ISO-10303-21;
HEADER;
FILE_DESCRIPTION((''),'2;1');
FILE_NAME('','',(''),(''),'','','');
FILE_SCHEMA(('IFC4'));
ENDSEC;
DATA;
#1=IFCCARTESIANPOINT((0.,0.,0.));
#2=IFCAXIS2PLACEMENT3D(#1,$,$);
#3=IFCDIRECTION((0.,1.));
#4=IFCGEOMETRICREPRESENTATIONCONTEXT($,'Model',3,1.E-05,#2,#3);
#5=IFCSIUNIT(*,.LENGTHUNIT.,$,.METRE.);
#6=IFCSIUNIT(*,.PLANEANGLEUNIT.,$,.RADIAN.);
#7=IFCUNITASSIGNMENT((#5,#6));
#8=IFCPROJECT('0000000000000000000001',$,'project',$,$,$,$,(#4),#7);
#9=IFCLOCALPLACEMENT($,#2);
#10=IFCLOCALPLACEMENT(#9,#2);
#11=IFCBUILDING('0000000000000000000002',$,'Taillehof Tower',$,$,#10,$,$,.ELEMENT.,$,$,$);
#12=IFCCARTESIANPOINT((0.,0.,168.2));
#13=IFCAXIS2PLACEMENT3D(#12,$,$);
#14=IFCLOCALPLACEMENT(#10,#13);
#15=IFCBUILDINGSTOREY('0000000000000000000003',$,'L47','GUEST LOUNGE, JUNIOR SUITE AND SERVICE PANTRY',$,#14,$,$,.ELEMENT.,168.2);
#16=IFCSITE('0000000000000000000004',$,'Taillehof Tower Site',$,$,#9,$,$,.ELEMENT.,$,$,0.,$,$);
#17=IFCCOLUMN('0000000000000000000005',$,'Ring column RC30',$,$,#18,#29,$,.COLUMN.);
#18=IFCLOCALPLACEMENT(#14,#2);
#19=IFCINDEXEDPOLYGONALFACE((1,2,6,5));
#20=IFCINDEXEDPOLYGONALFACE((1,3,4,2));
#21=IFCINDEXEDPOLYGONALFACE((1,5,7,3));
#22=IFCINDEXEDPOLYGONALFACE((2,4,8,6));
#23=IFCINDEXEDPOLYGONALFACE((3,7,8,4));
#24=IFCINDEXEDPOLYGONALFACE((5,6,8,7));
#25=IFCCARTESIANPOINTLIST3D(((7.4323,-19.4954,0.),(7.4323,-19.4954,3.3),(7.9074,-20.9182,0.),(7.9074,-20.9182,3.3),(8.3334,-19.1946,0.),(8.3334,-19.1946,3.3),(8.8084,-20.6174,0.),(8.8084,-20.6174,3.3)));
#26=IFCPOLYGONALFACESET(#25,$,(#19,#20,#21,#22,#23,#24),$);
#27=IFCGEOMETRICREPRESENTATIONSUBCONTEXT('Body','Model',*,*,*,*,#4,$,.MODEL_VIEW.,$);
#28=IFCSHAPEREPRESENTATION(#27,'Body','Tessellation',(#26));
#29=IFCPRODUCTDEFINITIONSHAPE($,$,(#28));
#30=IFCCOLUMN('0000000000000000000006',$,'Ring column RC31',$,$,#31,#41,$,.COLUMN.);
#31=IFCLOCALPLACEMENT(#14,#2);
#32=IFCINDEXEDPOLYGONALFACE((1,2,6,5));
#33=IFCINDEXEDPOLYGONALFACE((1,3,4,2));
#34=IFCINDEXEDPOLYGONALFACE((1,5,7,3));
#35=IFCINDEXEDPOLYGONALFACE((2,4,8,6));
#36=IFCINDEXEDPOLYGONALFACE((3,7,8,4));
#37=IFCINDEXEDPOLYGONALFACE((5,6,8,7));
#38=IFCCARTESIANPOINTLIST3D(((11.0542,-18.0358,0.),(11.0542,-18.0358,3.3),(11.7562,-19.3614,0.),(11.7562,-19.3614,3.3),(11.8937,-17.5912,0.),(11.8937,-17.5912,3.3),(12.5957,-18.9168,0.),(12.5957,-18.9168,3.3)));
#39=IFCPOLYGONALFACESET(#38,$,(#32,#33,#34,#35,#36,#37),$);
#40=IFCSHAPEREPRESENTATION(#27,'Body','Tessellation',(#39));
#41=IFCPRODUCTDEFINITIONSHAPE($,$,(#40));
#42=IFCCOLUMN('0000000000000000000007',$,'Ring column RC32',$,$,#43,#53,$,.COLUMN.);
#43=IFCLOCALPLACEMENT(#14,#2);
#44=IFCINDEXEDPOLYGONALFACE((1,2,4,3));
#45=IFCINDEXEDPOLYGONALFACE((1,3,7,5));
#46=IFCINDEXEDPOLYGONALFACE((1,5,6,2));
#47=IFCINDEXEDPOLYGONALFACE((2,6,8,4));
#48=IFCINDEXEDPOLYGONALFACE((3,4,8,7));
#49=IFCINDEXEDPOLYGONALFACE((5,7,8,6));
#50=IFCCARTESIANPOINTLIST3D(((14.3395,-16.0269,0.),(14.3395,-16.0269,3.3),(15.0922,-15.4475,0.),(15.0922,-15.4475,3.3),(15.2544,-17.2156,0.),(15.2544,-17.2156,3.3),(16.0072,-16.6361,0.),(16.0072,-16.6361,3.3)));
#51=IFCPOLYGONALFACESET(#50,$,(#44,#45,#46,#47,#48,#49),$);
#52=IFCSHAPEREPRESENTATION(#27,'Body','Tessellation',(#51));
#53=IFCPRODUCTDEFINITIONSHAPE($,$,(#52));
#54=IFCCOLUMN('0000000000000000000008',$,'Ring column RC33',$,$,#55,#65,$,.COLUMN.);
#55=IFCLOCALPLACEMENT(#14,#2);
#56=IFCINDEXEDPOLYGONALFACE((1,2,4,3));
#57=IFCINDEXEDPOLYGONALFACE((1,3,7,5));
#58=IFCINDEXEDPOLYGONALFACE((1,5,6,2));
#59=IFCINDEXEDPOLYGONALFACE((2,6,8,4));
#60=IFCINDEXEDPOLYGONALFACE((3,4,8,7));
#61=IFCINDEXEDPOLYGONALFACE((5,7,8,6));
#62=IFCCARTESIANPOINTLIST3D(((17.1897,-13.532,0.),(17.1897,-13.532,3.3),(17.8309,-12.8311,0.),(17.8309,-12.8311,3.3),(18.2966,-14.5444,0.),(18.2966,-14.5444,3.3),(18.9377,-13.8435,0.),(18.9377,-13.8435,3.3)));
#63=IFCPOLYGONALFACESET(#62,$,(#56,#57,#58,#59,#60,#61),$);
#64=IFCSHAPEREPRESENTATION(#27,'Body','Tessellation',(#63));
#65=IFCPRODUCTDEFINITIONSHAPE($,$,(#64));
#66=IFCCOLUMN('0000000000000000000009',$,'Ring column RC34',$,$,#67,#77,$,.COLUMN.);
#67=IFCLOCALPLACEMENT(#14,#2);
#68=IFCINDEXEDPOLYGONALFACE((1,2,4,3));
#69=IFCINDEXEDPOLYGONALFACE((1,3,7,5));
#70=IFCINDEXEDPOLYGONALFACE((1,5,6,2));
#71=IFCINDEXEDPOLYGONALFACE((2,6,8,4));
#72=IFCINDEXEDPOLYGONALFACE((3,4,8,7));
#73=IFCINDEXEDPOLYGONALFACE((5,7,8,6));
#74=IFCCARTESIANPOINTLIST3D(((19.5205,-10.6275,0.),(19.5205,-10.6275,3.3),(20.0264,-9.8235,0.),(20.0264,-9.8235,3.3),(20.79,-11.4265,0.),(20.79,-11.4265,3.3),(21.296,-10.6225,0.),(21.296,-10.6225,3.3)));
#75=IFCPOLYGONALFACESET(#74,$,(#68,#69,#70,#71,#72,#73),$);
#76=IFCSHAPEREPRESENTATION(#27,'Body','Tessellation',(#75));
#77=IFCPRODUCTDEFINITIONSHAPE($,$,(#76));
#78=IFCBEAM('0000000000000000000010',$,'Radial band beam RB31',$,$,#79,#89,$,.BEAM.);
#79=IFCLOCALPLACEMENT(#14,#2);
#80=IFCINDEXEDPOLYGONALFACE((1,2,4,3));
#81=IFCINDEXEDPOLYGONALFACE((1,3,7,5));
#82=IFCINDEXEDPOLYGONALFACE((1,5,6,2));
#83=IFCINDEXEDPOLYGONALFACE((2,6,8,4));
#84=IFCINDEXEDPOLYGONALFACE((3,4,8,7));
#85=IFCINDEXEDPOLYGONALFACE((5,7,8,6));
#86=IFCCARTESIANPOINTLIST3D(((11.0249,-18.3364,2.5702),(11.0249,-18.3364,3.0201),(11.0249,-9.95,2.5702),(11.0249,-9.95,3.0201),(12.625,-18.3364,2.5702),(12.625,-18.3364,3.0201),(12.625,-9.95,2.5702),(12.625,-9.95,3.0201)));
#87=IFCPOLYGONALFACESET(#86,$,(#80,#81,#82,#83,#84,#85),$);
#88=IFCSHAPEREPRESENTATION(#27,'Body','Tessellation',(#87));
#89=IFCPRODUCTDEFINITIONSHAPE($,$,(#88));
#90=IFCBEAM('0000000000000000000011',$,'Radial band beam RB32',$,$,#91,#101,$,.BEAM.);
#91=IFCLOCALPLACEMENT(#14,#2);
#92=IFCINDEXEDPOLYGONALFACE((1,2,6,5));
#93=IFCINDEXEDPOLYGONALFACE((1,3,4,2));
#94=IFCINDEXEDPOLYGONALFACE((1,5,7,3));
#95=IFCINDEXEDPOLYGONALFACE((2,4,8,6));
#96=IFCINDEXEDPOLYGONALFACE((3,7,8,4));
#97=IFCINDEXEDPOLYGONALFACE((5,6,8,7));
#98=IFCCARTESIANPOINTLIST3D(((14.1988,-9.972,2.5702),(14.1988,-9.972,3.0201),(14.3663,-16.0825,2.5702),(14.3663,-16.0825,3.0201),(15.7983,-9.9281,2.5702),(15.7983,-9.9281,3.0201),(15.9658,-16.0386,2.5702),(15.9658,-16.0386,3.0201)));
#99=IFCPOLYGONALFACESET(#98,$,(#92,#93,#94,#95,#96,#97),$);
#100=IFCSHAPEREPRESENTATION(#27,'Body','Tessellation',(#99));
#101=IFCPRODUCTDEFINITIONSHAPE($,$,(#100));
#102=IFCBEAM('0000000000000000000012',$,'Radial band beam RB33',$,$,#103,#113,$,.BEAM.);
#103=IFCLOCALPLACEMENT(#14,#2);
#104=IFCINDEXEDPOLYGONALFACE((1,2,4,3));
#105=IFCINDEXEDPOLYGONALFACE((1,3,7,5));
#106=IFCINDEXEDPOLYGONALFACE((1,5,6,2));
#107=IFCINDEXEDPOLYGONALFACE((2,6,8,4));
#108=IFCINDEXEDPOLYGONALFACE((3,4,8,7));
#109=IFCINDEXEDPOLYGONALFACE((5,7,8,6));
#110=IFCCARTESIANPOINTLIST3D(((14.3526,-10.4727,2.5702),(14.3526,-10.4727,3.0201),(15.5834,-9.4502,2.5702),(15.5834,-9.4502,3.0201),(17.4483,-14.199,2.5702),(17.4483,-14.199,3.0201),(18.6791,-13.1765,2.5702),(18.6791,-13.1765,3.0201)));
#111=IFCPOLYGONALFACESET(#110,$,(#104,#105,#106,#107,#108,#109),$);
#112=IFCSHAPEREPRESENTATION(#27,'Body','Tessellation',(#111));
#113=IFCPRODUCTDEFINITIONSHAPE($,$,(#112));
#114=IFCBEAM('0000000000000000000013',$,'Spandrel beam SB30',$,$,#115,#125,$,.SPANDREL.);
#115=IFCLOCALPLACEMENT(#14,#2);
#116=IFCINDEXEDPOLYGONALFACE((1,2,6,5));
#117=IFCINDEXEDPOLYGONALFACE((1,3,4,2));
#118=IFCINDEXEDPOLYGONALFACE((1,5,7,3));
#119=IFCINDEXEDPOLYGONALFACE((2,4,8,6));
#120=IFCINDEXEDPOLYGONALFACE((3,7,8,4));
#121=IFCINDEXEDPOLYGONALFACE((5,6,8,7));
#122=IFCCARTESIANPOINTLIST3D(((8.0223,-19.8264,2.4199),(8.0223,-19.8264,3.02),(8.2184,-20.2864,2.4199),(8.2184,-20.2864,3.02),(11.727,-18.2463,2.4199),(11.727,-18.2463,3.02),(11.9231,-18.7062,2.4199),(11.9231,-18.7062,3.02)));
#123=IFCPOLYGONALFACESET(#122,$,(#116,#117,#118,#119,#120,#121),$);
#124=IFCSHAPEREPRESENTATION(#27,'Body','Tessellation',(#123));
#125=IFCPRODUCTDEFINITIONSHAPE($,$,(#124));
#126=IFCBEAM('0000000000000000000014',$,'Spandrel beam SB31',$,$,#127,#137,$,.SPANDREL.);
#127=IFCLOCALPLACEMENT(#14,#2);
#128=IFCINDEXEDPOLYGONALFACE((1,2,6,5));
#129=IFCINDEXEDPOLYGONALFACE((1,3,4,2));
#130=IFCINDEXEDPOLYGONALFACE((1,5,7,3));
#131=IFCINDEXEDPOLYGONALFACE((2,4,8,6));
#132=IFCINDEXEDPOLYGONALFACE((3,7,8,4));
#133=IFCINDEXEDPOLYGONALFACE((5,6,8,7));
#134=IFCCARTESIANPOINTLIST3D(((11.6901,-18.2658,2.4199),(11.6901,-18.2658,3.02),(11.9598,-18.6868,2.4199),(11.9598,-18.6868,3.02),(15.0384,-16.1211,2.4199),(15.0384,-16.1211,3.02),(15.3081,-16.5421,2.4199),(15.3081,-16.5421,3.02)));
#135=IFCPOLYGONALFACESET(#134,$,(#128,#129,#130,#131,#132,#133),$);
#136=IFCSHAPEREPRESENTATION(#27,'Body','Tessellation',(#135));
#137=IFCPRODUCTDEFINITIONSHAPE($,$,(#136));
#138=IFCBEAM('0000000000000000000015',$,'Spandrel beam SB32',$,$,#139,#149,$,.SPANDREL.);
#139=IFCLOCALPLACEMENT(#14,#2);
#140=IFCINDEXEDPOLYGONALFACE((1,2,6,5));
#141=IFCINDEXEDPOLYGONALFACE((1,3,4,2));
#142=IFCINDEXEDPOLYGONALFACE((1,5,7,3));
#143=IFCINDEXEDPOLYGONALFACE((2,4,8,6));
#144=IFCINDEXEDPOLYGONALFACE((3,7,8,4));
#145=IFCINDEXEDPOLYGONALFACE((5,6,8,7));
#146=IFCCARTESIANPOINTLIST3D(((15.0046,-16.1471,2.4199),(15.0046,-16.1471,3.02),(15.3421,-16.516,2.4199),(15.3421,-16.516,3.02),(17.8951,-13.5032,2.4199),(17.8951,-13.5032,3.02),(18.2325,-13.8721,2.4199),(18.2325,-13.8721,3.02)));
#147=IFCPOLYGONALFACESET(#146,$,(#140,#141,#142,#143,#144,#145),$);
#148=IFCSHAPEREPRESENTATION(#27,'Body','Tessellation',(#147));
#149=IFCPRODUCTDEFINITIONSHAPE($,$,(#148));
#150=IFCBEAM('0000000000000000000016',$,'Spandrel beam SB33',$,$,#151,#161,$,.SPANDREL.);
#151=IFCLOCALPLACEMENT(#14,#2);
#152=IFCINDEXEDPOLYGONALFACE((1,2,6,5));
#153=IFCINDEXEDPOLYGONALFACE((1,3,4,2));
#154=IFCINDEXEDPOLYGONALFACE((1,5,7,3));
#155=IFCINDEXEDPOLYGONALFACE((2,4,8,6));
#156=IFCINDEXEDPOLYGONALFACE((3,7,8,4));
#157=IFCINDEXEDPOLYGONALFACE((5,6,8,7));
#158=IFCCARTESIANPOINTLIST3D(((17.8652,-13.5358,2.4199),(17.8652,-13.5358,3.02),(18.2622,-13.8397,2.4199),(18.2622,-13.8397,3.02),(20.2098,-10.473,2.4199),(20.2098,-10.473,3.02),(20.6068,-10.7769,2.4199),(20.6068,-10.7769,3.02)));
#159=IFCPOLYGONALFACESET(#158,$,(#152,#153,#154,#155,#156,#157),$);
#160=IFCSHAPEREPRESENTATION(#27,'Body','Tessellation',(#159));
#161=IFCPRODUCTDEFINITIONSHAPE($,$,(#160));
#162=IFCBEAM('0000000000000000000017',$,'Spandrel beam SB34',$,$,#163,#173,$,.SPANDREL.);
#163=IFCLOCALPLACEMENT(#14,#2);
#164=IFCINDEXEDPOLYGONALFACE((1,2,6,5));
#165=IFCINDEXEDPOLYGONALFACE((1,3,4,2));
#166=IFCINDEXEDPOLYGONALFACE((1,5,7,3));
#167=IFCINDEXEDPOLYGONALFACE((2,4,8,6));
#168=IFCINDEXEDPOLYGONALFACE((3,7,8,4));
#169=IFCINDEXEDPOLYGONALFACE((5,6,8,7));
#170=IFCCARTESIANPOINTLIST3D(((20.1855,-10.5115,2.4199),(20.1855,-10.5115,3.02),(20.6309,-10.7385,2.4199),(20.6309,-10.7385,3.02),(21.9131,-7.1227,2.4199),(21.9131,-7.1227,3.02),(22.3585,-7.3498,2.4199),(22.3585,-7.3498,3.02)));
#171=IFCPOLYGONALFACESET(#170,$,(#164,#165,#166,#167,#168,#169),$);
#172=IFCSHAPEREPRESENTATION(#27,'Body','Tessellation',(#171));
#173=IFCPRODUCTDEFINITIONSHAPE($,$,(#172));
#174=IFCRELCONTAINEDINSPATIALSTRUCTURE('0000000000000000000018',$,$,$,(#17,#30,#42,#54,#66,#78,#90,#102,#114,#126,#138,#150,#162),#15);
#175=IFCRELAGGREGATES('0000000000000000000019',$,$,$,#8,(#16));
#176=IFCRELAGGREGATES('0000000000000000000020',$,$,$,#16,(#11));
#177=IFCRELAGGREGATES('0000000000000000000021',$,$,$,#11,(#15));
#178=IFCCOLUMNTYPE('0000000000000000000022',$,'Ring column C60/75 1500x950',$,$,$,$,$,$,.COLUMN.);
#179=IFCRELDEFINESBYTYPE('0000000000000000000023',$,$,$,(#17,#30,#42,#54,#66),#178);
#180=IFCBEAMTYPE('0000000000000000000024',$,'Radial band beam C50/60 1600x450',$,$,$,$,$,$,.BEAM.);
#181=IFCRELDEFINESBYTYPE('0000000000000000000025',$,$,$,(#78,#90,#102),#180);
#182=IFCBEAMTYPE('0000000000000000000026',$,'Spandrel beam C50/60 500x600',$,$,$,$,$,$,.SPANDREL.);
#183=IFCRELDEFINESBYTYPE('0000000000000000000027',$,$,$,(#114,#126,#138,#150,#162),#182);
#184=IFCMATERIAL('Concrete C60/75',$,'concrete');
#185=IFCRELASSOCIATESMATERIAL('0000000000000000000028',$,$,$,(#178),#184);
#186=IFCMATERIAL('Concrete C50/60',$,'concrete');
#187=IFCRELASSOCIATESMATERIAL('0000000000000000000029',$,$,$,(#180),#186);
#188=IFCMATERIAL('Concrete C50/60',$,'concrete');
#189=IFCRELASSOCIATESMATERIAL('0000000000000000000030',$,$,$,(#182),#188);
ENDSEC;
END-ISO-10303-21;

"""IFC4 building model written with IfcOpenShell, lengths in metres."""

from ifc_helpers import new_model, si_unit, direction, frame, origin, origin_2d, place, context, subcontext, project, spatial, rectangle, extrude, material, material_profile, profile_set, type_object, element, save


model = new_model("IFC4")

# Units and contexts
model_context = context("Model", 3, precision=1e-05, world=origin(), true_north=direction((0.0, 1.0)))
body_context = subcontext(model_context, "Body", "Model", "MODEL_VIEW")
ifc_project = project(units=[si_unit("LENGTHUNIT", "METRE"), si_unit("PLANEANGLEUNIT", "RADIAN")], contexts=[model_context])

# Site, building, storey
site_placement = place(None, origin())
site = spatial("IfcSite", under=ifc_project, at=site_placement, Name="Taillehof Tower Site", CompositionType="ELEMENT", RefElevation=0.0)
building_placement = place(site_placement, origin())
building = spatial("IfcBuilding", under=site, at=building_placement, Name="Taillehof Tower", CompositionType="ELEMENT")
storey_placement = place(building_placement, frame((0.0, 0.0, 168.2)))
storey = spatial("IfcBuildingStorey", under=building, at=storey_placement, Name="L47", Description="GUEST LOUNGE, JUNIOR SUITE AND SERVICE PANTRY", CompositionType="ELEMENT", Elevation=168.2)

# Columns
ifc_material_1 = material(Name="Concrete C60/75", Category="concrete")
ifc_material_profile_1 = material_profile(ifc_material_1, rectangle(XDim=1.5, YDim=0.95, at=origin_2d()), Name="RC 1500x950")
ifc_profile_set_1 = profile_set([ifc_material_profile_1], Name="Concrete C60/75")
column_type = type_object("IfcColumnType", Name="Ring column C60/75 1500x950", PredefinedType="COLUMN", material=ifc_profile_set_1)
for number, where, z_axis, x_axis, name in (
    (1, (8.1204, -20.0564, 0.0), (0.0, 0.0, 1.0), (0.316703, -0.948525, 0.0), "Ring column RC30"),
    (2, (11.825, -18.4763, 0.0), (0.0, 0.0, 1.0), (0.468042, -0.883706, 0.0), "Ring column RC31"),
    (3, (15.1733, -16.3315, 0.0), (0.0, 0.0, 1.0), (0.609971, -0.792424, 0.0), "Ring column RC32"),
    (4, (18.0637, -13.6877, 0.0), (0.0, 0.0, 1.0), (0.737879, -0.674933, 0.0), "Ring column RC33"),
    (5, (20.4082, -10.625, 0.0), (0.0, 0.0, 1.0), (0.846334, -0.532652, 0.0), "Ring column RC34"),
):
    element("IfcColumn", number, at=place(storey_placement, frame(where, z_axis=z_axis, x_axis=x_axis)), inside=storey, type_object=column_type, Name=name, PredefinedType="COLUMN", context=body_context, shape_type="SweptSolid", body=[
        extrude(rectangle(XDim=1.5, YDim=0.95, at=origin_2d()), origin(), (0.0, 0.0, 1.0), 3.3),
    ])

# Beams
ifc_material_2 = material(Name="Concrete C50/60", Category="concrete")
ifc_material_profile_2 = material_profile(ifc_material_2, rectangle(XDim=1.6001, YDim=0.45, at=origin_2d()), Name="RC 1600x450")
ifc_profile_set_2 = profile_set([ifc_material_profile_2], Name="Concrete C50/60")
beam_type_1 = type_object("IfcBeamType", Name="Radial band beam C50/60 1600x450", PredefinedType="BEAM", material=ifc_profile_set_2)
beam_1_placement = place(storey_placement, frame((11.825, -18.3364, 2.7952), z_axis=(0.0, 1.0, 0.0), x_axis=(-1.0, 0.0, 0.0)))
element("IfcBeam", 6, at=beam_1_placement, inside=storey, type_object=beam_type_1, Name="Radial band beam RB31", PredefinedType="BEAM", context=body_context, shape_type="SweptSolid", body=[
    extrude(rectangle(XDim=1.6001, YDim=0.45, at=origin_2d()), origin(), (0.0, 0.0, 1.0), 8.3865),
])
beam_2_placement = place(storey_placement, frame((15.166, -16.0605, 2.7952), z_axis=(-0.027398, 0.999625, 0.0), x_axis=(-0.999625, -0.027398, 0.0)))
element("IfcBeam", 7, at=beam_2_placement, inside=storey, type_object=beam_type_1, Name="Radial band beam RB32", PredefinedType="BEAM", context=body_context, shape_type="SweptSolid", body=[
    extrude(rectangle(XDim=1.6001, YDim=0.45, at=origin_2d()), origin(), (0.0, 0.0, 1.0), 6.1128),
])
beam_3_placement = place(storey_placement, frame((18.0637, -13.6877, 2.7952), z_axis=(-0.639019, 0.769191, 0.0), x_axis=(-0.769191, -0.639019, 0.0)))
element("IfcBeam", 8, at=beam_3_placement, inside=storey, type_object=beam_type_1, Name="Radial band beam RB33", PredefinedType="BEAM", context=body_context, shape_type="SweptSolid", body=[
    extrude(rectangle(XDim=1.6001, YDim=0.45, at=origin_2d()), origin(), (0.0, 0.0, 1.0), 4.8445),
])
ifc_material_3 = material(Name="Concrete C50/60", Category="concrete")
ifc_material_profile_3 = material_profile(ifc_material_3, rectangle(XDim=0.5, YDim=0.6001, at=origin_2d()), Name="RC 500x600")
ifc_profile_set_3 = profile_set([ifc_material_profile_3], Name="Concrete C50/60")
beam_type_2 = type_object("IfcBeamType", Name="Spandrel beam C50/60 500x600", PredefinedType="SPANDREL", material=ifc_profile_set_3)
beam_4_placement = place(storey_placement, frame((8.1204, -20.0564, 2.72), z_axis=(0.919827, 0.392324, 0.0), x_axis=(-0.392324, 0.919827, 0.0)))
element("IfcBeam", 9, at=beam_4_placement, inside=storey, type_object=beam_type_2, Name="Spandrel beam SB30", PredefinedType="SPANDREL", context=body_context, shape_type="SweptSolid", body=[
    extrude(rectangle(XDim=0.5, YDim=0.6001, at=origin_2d()), origin(), (0.0, 0.0, 1.0), 4.0276),
])
beam_5_placement = place(storey_placement, frame((11.825, -18.4763, 2.72), z_axis=(0.842065, 0.539376, 0.0), x_axis=(-0.539376, 0.842065, 0.0)))
element("IfcBeam", 10, at=beam_5_placement, inside=storey, type_object=beam_type_2, Name="Spandrel beam SB31", PredefinedType="SPANDREL", context=body_context, shape_type="SweptSolid", body=[
    extrude(rectangle(XDim=0.5, YDim=0.6001, at=origin_2d()), origin(), (0.0, 0.0, 1.0), 3.9763),
])
beam_6_placement = place(storey_placement, frame((15.1733, -16.3315, 2.72), z_axis=(0.737881, 0.674931, 0.0), x_axis=(-0.674931, 0.737881, 0.0)))
element("IfcBeam", 11, at=beam_6_placement, inside=storey, type_object=beam_type_2, Name="Spandrel beam SB32", PredefinedType="SPANDREL", context=body_context, shape_type="SweptSolid", body=[
    extrude(rectangle(XDim=0.5, YDim=0.6001, at=origin_2d()), origin(), (0.0, 0.0, 1.0), 3.9172),
])
beam_7_placement = place(storey_placement, frame((18.0637, -13.6877, 2.72), z_axis=(0.60784, 0.794059, 0.0), x_axis=(-0.794059, 0.60784, 0.0)))
element("IfcBeam", 12, at=beam_7_placement, inside=storey, type_object=beam_type_2, Name="Spandrel beam SB33", PredefinedType="SPANDREL", context=body_context, shape_type="SweptSolid", body=[
    extrude(rectangle(XDim=0.5, YDim=0.6001, at=origin_2d()), origin(), (0.0, 0.0, 1.0), 3.8572),
])
beam_8_placement = place(storey_placement, frame((20.4082, -10.625, 2.72), z_axis=(0.454183, 0.890908, 0.0), x_axis=(-0.890908, 0.454183, 0.0)))
element("IfcBeam", 13, at=beam_8_placement, inside=storey, type_object=beam_type_2, Name="Spandrel beam SB34", PredefinedType="SPANDREL", context=body_context, shape_type="SweptSolid", body=[
    extrude(rectangle(XDim=0.5, YDim=0.6001, at=origin_2d()), origin(), (0.0, 0.0, 1.0), 3.8037),
])

save(model, "model.ifc")
